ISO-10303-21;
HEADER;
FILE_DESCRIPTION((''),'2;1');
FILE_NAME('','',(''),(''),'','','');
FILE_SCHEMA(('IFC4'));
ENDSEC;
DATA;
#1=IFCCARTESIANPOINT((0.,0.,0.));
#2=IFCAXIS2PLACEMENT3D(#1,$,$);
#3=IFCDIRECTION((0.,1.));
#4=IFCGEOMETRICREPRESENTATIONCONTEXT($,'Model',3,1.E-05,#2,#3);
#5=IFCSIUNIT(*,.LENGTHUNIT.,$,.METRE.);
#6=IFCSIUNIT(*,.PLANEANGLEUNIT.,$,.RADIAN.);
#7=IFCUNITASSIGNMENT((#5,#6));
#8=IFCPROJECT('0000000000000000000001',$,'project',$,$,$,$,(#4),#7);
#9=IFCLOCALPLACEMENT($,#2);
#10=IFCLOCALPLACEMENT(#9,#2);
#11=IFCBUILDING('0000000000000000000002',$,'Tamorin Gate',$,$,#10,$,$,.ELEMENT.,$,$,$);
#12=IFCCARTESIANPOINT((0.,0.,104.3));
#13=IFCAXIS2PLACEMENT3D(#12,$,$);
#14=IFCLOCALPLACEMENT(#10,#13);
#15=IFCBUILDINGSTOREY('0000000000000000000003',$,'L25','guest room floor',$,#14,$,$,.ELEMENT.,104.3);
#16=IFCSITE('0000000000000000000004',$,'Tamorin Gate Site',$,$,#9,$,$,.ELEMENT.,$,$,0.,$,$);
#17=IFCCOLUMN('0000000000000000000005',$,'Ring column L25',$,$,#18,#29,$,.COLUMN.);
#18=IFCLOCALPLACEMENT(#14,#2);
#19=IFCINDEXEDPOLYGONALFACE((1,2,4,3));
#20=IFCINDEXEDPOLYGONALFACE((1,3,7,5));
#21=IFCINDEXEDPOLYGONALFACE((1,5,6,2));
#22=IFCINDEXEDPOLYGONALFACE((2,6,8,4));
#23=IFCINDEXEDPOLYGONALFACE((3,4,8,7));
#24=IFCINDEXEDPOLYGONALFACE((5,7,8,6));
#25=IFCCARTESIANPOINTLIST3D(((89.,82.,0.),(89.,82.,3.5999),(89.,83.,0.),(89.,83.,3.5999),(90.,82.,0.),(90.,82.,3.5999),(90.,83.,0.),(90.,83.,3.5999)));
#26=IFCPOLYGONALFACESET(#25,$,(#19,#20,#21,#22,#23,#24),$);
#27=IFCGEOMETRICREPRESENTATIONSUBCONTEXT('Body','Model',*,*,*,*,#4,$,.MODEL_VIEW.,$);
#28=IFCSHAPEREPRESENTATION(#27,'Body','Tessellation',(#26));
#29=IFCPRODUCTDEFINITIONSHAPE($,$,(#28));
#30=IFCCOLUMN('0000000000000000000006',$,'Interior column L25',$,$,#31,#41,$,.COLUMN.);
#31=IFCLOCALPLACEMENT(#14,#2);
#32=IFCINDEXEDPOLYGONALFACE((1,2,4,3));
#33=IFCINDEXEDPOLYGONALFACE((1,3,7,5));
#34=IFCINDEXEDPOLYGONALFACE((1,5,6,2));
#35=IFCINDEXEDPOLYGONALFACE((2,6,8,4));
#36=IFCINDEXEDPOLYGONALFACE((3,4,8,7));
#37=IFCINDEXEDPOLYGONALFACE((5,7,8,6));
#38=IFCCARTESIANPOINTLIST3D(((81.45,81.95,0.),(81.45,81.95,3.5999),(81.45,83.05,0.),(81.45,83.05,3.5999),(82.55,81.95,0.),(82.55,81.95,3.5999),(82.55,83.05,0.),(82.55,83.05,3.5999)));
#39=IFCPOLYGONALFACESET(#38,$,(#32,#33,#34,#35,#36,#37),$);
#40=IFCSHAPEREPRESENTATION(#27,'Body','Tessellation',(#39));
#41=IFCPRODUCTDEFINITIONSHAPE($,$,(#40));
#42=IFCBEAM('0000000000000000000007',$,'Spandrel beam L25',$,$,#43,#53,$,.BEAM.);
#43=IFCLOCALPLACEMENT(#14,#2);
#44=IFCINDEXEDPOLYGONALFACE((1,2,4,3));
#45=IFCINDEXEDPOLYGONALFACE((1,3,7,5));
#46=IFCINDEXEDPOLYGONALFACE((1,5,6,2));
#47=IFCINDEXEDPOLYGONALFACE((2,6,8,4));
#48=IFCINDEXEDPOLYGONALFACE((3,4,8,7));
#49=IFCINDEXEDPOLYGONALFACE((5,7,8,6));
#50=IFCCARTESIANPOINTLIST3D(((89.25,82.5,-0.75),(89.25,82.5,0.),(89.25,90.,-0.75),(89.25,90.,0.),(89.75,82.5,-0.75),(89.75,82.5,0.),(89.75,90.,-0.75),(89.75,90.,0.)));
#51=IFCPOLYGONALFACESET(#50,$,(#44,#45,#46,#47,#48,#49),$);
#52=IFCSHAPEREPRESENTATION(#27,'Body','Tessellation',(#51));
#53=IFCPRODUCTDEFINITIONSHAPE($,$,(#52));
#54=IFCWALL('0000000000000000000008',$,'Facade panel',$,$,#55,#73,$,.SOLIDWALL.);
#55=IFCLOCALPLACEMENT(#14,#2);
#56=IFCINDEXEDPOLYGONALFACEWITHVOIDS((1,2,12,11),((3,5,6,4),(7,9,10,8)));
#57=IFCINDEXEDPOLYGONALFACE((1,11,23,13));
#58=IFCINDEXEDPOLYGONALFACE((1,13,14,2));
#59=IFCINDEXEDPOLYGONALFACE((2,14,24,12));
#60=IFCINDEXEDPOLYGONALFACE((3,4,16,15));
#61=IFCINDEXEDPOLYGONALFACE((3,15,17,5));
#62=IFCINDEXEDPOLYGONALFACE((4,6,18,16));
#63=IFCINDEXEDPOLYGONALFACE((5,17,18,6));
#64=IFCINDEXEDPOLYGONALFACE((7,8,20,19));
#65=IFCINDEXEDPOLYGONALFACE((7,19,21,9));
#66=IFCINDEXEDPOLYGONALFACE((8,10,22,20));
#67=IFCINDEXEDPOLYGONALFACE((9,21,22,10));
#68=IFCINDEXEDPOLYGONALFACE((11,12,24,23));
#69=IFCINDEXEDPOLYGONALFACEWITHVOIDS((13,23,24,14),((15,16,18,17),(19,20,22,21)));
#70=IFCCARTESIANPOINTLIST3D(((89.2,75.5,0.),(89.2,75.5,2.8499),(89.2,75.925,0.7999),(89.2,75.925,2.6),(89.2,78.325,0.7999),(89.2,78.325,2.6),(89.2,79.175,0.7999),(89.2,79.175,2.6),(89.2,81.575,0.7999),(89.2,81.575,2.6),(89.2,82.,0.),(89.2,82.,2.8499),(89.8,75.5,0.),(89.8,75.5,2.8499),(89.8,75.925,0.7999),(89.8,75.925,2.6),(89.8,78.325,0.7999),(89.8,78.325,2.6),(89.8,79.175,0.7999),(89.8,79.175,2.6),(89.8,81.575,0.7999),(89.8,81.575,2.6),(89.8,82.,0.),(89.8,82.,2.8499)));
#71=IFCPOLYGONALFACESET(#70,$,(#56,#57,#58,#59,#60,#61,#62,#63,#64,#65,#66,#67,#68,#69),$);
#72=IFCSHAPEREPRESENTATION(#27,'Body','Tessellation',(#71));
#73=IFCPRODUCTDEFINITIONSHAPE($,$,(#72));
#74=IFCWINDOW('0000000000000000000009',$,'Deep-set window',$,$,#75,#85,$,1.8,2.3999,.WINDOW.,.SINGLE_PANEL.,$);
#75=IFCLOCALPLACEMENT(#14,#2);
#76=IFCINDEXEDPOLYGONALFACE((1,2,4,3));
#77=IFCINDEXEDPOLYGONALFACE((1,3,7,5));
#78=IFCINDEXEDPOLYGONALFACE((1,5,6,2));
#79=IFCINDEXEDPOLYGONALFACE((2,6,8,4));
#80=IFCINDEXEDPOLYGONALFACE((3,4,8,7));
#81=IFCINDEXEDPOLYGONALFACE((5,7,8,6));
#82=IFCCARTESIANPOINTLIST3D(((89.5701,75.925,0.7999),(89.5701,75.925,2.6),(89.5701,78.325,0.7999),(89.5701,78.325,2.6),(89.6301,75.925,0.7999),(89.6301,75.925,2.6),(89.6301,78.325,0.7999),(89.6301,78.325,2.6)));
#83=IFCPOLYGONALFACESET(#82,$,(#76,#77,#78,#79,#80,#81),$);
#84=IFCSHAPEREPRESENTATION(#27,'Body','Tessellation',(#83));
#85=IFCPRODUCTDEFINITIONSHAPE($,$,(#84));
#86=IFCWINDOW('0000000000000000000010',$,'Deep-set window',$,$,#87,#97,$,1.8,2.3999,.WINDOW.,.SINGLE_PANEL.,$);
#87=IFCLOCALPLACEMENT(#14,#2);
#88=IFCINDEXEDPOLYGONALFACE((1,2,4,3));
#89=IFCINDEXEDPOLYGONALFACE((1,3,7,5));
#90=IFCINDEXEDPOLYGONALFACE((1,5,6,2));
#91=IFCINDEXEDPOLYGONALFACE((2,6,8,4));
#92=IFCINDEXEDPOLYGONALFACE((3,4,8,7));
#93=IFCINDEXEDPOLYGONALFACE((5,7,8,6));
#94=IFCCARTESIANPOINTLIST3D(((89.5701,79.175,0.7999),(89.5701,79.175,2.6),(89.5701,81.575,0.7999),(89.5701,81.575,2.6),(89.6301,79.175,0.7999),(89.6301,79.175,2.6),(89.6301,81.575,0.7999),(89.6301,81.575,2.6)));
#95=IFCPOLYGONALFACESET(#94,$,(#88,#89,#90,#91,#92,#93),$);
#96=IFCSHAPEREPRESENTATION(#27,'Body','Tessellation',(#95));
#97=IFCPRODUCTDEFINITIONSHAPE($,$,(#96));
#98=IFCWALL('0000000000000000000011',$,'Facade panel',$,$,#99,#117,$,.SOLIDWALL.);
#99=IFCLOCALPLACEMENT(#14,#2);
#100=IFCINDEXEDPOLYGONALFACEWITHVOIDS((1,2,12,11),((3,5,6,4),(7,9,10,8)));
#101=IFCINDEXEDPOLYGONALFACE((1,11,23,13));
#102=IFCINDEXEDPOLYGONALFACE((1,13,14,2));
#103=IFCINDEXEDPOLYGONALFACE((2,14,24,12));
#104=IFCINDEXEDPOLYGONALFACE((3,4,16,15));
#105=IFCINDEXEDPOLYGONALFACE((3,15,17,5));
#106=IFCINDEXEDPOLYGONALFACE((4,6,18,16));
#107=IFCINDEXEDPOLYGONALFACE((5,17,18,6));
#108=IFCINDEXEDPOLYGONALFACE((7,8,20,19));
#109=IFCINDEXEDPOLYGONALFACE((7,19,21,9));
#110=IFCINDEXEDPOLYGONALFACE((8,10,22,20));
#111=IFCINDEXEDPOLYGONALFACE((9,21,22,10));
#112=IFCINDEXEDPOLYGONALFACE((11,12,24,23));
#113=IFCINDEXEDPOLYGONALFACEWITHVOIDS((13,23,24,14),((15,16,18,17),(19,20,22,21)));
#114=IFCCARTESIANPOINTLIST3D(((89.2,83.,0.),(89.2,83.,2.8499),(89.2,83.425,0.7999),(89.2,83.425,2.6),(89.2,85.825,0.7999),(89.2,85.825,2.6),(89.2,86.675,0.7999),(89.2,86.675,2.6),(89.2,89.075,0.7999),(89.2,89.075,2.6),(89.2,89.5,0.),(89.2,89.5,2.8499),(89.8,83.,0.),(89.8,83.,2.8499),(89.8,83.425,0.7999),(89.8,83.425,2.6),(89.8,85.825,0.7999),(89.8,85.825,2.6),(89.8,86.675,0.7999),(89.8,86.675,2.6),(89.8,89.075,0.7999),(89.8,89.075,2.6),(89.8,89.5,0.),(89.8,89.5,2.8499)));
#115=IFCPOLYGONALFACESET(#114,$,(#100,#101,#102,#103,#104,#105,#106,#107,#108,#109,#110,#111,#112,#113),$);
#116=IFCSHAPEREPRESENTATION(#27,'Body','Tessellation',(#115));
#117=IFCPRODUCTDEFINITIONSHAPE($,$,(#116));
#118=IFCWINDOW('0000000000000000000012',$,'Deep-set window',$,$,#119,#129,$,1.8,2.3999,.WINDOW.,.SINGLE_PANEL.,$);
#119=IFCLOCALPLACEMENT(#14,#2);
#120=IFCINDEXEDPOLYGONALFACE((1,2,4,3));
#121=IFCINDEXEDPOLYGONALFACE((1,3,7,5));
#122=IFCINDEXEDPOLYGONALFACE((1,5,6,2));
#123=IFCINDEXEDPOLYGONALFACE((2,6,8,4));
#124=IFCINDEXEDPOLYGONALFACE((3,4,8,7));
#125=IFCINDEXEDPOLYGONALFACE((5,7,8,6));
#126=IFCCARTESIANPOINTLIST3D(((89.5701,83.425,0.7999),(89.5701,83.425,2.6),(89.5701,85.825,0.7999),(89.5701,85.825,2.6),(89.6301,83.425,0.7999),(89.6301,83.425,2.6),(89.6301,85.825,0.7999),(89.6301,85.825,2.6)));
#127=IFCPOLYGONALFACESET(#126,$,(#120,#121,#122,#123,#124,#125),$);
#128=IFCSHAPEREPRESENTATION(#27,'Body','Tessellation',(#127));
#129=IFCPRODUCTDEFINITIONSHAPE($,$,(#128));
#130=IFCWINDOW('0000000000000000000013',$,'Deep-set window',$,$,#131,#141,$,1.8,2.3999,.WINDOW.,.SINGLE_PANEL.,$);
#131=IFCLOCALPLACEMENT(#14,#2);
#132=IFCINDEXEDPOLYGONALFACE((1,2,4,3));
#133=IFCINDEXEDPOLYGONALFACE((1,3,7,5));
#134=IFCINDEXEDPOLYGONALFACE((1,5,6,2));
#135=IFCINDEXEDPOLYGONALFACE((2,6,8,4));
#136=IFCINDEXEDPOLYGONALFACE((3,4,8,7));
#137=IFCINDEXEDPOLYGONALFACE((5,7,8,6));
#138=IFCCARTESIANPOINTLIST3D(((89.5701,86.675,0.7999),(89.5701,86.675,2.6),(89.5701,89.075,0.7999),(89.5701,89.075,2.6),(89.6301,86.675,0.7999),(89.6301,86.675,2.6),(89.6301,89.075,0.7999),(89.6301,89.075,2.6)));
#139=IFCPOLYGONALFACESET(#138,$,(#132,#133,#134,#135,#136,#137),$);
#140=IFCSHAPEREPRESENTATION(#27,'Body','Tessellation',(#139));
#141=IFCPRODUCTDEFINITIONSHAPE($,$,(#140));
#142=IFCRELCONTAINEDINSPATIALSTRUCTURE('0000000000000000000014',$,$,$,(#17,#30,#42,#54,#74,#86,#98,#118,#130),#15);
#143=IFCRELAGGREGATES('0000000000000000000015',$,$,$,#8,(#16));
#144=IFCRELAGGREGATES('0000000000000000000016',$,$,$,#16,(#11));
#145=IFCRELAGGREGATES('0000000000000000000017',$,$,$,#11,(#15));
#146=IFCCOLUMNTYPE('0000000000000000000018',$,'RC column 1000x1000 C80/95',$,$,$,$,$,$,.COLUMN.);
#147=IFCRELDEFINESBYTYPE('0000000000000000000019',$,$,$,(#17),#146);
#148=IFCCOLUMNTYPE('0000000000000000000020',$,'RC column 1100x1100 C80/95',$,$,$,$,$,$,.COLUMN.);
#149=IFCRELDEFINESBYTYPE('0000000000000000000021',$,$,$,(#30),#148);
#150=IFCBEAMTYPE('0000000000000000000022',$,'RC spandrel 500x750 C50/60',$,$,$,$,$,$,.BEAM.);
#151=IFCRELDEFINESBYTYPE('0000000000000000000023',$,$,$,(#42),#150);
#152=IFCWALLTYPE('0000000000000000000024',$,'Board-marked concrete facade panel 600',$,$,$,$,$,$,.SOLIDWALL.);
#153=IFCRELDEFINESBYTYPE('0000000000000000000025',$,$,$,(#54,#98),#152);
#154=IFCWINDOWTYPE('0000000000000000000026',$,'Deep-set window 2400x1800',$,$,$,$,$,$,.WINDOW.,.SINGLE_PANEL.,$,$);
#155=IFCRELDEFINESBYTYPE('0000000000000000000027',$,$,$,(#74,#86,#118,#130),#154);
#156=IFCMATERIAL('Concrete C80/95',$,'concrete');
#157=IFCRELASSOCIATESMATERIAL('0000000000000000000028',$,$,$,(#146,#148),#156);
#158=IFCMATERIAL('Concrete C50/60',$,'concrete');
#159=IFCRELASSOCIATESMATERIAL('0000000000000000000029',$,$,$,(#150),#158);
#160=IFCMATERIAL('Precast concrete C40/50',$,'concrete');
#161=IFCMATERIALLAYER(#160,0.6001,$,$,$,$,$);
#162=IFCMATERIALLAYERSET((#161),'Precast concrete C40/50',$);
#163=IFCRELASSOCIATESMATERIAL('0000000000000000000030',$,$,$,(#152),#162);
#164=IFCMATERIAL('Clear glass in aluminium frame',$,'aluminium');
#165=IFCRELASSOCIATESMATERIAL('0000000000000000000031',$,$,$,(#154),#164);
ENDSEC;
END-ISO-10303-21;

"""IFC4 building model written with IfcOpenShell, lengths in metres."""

from ifc_helpers import new_model, si_unit, direction, frame, frame_2d, origin, origin_2d, place, context, subcontext, project, spatial, rectangle, extrude, material, layer, layer_set, material_profile, profile_set, type_object, element, fill, save


model = new_model("IFC4")

# Units and contexts
model_context = context("Model", 3, precision=1e-05, world=origin(), true_north=direction((0.0, 1.0)))
body_context = subcontext(model_context, "Body", "Model", "MODEL_VIEW")
ifc_project = project(units=[si_unit("LENGTHUNIT", "METRE"), si_unit("PLANEANGLEUNIT", "RADIAN")], contexts=[model_context])

# Site, building, storey
site_placement = place(None, origin())
site = spatial("IfcSite", under=ifc_project, at=site_placement, Name="Tamorin Gate Site", CompositionType="ELEMENT", RefElevation=0.0)
building_placement = place(site_placement, origin())
building = spatial("IfcBuilding", under=site, at=building_placement, Name="Tamorin Gate", CompositionType="ELEMENT")
storey_placement = place(building_placement, frame((0.0, 0.0, 104.3)))
storey = spatial("IfcBuildingStorey", under=building, at=storey_placement, Name="L25", Description="guest room floor", CompositionType="ELEMENT", Elevation=104.3)

# Columns
ifc_material_1 = material(Name="Concrete C80/95", Category="concrete")
ifc_material_profile_1 = material_profile(ifc_material_1, rectangle(XDim=1.0, YDim=1.0, at=origin_2d()), Name="RC 1000x1000")
ifc_profile_set_1 = profile_set([ifc_material_profile_1], Name="Concrete C80/95")
column_type_1 = type_object("IfcColumnType", Name="RC column 1000x1000 C80/95", PredefinedType="COLUMN", material=ifc_profile_set_1)
column_1_placement = place(storey_placement, frame((89.5, 82.5, 0.0), z_axis=(0.0, 0.0, 1.0), x_axis=(1.0, 0.0, 0.0)))
element("IfcColumn", 1, at=column_1_placement, inside=storey, type_object=column_type_1, Name="Ring column L25", PredefinedType="COLUMN", context=body_context, shape_type="SweptSolid", body=[
    extrude(rectangle(XDim=1.0, YDim=1.0, at=origin_2d()), origin(), (0.0, 0.0, 1.0), 3.5999),
])
ifc_material_profile_2 = material_profile(ifc_material_1, rectangle(XDim=1.1001, YDim=1.1001, at=origin_2d()), Name="RC 1100x1100")
ifc_profile_set_2 = profile_set([ifc_material_profile_2], Name="Concrete C80/95")
column_type_2 = type_object("IfcColumnType", Name="RC column 1100x1100 C80/95", PredefinedType="COLUMN", material=ifc_profile_set_2)
column_2_placement = place(storey_placement, frame((82.0, 82.5, 0.0), z_axis=(0.0, 0.0, 1.0), x_axis=(1.0, 0.0, 0.0)))
element("IfcColumn", 2, at=column_2_placement, inside=storey, type_object=column_type_2, Name="Interior column L25", PredefinedType="COLUMN", context=body_context, shape_type="SweptSolid", body=[
    extrude(rectangle(XDim=1.1001, YDim=1.1001, at=origin_2d()), origin(), (0.0, 0.0, 1.0), 3.5999),
])

# Beam
ifc_material_2 = material(Name="Concrete C50/60", Category="concrete")
ifc_material_profile_3 = material_profile(ifc_material_2, rectangle(XDim=0.5, YDim=0.75, at=origin_2d()), Name="RC 500x750")
ifc_profile_set_3 = profile_set([ifc_material_profile_3], Name="Concrete C50/60")
beam_type = type_object("IfcBeamType", Name="RC spandrel 500x750 C50/60", PredefinedType="BEAM", material=ifc_profile_set_3)
beam_placement = place(storey_placement, frame((89.5, 82.5, -0.375), z_axis=(0.0, 1.0, 0.0), x_axis=(-1.0, 0.0, 0.0)))
element("IfcBeam", 3, at=beam_placement, inside=storey, type_object=beam_type, Name="Spandrel beam L25", PredefinedType="BEAM", context=body_context, shape_type="SweptSolid", body=[
    extrude(rectangle(XDim=0.5, YDim=0.75, at=origin_2d()), origin(), (0.0, 0.0, 1.0), 7.5),
])

# Walls, openings, windows
ifc_material_3 = material(Name="Precast concrete C40/50", Category="concrete")
ifc_layer_1 = layer(ifc_material_3, 0.6001)
ifc_layer_set_1 = layer_set([ifc_layer_1], Name="Precast concrete C40/50")
wall_type_1 = type_object("IfcWallType", Name="Board-marked concrete facade panel 600", PredefinedType="SOLIDWALL", material=ifc_layer_set_1)
wall_1_placement = place(storey_placement, frame((89.5, 75.5, 0.0), z_axis=(0.0, 0.0, 1.0), x_axis=(0.0, 1.0, 0.0)))
wall_1 = element("IfcWall", 4, at=wall_1_placement, inside=storey, type_object=wall_type_1, Name="Facade panel", PredefinedType="SOLIDWALL", context=body_context, shape_type="SweptSolid", body=[
    extrude(rectangle(XDim=6.5, YDim=0.6001, at=frame_2d((3.25, 0.0))), origin(), (0.0, 0.0, 1.0), 2.8499),
])
opening_1_placement = place(wall_1_placement, frame((0.425, 0.0, 0.8)))
opening_1 = element("IfcOpeningElement", 5, at=opening_1_placement, cuts=wall_1, PredefinedType="OPENING", context=body_context, shape_type="SweptSolid", body=[
    extrude(rectangle(XDim=2.3999, YDim=1.8, at=frame_2d((1.2, 0.8999))), frame((0.0, 0.3101, 0.0), z_axis=(0.0, -1.0, 0.0), x_axis=(1.0, 0.0, 0.0)), (0.0, 0.0, 1.0), 0.6201),
])
opening_2_placement = place(wall_1_placement, frame((3.675, 0.0, 0.8)))
opening_2 = element("IfcOpeningElement", 6, at=opening_2_placement, cuts=wall_1, PredefinedType="OPENING", context=body_context, shape_type="SweptSolid", body=[
    extrude(rectangle(XDim=2.3999, YDim=1.8, at=frame_2d((1.2, 0.8999))), frame((0.0, 0.3101, 0.0), z_axis=(0.0, -1.0, 0.0), x_axis=(1.0, 0.0, 0.0)), (0.0, 0.0, 1.0), 0.6201),
])
ifc_material_4 = material(Name="Clear glass in aluminium frame", Category="aluminium")
window_type = type_object("IfcWindowType", Name="Deep-set window 2400x1800", PartitioningType="SINGLE_PANEL", PredefinedType="WINDOW", material=ifc_material_4)
window_1_placement = place(opening_1_placement, origin())
window_1 = element("IfcWindow", 7, at=window_1_placement, inside=storey, type_object=window_type, Name="Deep-set window", OverallHeight=1.8, OverallWidth=2.3999, PartitioningType="SINGLE_PANEL", PredefinedType="WINDOW", context=body_context, shape_type="SweptSolid", body=[
    extrude(rectangle(XDim=2.3999, YDim=1.8, at=frame_2d((1.2, 0.8999))), frame((0.0, -0.0701, 0.0), z_axis=(0.0, -1.0, 0.0), x_axis=(1.0, 0.0, 0.0)), (0.0, 0.0, 1.0), 0.0601),
])
fill(opening_1, window_1)
window_2_placement = place(opening_2_placement, origin())
window_2 = element("IfcWindow", 8, at=window_2_placement, inside=storey, type_object=window_type, Name="Deep-set window", OverallHeight=1.8, OverallWidth=2.3999, PartitioningType="SINGLE_PANEL", PredefinedType="WINDOW", context=body_context, shape_type="SweptSolid", body=[
    extrude(rectangle(XDim=2.3999, YDim=1.8, at=frame_2d((1.2, 0.8999))), frame((0.0, -0.0701, 0.0), z_axis=(0.0, -1.0, 0.0), x_axis=(1.0, 0.0, 0.0)), (0.0, 0.0, 1.0), 0.0601),
])
fill(opening_2, window_2)
wall_2_placement = place(storey_placement, frame((89.5, 83.0, 0.0), z_axis=(0.0, 0.0, 1.0), x_axis=(0.0, 1.0, 0.0)))
wall_2 = element("IfcWall", 9, at=wall_2_placement, inside=storey, type_object=wall_type_1, Name="Facade panel", PredefinedType="SOLIDWALL", context=body_context, shape_type="SweptSolid", body=[
    extrude(rectangle(XDim=6.5, YDim=0.6001, at=frame_2d((3.25, 0.0))), origin(), (0.0, 0.0, 1.0), 2.8499),
])
opening_3_placement = place(wall_2_placement, frame((0.425, 0.0, 0.8)))
opening_3 = element("IfcOpeningElement", 10, at=opening_3_placement, cuts=wall_2, PredefinedType="OPENING", context=body_context, shape_type="SweptSolid", body=[
    extrude(rectangle(XDim=2.3999, YDim=1.8, at=frame_2d((1.2, 0.8999))), frame((0.0, 0.3101, 0.0), z_axis=(0.0, -1.0, 0.0), x_axis=(1.0, 0.0, 0.0)), (0.0, 0.0, 1.0), 0.6201),
])
opening_4_placement = place(wall_2_placement, frame((3.675, 0.0, 0.8)))
opening_4 = element("IfcOpeningElement", 11, at=opening_4_placement, cuts=wall_2, PredefinedType="OPENING", context=body_context, shape_type="SweptSolid", body=[
    extrude(rectangle(XDim=2.3999, YDim=1.8, at=frame_2d((1.2, 0.8999))), frame((0.0, 0.3101, 0.0), z_axis=(0.0, -1.0, 0.0), x_axis=(1.0, 0.0, 0.0)), (0.0, 0.0, 1.0), 0.6201),
])
window_3_placement = place(opening_3_placement, origin())
window_3 = element("IfcWindow", 12, at=window_3_placement, inside=storey, type_object=window_type, Name="Deep-set window", OverallHeight=1.8, OverallWidth=2.3999, PartitioningType="SINGLE_PANEL", PredefinedType="WINDOW", context=body_context, shape_type="SweptSolid", body=[
    extrude(rectangle(XDim=2.3999, YDim=1.8, at=frame_2d((1.2, 0.8999))), frame((0.0, -0.0701, 0.0), z_axis=(0.0, -1.0, 0.0), x_axis=(1.0, 0.0, 0.0)), (0.0, 0.0, 1.0), 0.0601),
])
fill(opening_3, window_3)
window_4_placement = place(opening_4_placement, origin())
window_4 = element("IfcWindow", 13, at=window_4_placement, inside=storey, type_object=window_type, Name="Deep-set window", OverallHeight=1.8, OverallWidth=2.3999, PartitioningType="SINGLE_PANEL", PredefinedType="WINDOW", context=body_context, shape_type="SweptSolid", body=[
    extrude(rectangle(XDim=2.3999, YDim=1.8, at=frame_2d((1.2, 0.8999))), frame((0.0, -0.0701, 0.0), z_axis=(0.0, -1.0, 0.0), x_axis=(1.0, 0.0, 0.0)), (0.0, 0.0, 1.0), 0.0601),
])
fill(opening_4, window_4)

save(model, "model.ifc")
